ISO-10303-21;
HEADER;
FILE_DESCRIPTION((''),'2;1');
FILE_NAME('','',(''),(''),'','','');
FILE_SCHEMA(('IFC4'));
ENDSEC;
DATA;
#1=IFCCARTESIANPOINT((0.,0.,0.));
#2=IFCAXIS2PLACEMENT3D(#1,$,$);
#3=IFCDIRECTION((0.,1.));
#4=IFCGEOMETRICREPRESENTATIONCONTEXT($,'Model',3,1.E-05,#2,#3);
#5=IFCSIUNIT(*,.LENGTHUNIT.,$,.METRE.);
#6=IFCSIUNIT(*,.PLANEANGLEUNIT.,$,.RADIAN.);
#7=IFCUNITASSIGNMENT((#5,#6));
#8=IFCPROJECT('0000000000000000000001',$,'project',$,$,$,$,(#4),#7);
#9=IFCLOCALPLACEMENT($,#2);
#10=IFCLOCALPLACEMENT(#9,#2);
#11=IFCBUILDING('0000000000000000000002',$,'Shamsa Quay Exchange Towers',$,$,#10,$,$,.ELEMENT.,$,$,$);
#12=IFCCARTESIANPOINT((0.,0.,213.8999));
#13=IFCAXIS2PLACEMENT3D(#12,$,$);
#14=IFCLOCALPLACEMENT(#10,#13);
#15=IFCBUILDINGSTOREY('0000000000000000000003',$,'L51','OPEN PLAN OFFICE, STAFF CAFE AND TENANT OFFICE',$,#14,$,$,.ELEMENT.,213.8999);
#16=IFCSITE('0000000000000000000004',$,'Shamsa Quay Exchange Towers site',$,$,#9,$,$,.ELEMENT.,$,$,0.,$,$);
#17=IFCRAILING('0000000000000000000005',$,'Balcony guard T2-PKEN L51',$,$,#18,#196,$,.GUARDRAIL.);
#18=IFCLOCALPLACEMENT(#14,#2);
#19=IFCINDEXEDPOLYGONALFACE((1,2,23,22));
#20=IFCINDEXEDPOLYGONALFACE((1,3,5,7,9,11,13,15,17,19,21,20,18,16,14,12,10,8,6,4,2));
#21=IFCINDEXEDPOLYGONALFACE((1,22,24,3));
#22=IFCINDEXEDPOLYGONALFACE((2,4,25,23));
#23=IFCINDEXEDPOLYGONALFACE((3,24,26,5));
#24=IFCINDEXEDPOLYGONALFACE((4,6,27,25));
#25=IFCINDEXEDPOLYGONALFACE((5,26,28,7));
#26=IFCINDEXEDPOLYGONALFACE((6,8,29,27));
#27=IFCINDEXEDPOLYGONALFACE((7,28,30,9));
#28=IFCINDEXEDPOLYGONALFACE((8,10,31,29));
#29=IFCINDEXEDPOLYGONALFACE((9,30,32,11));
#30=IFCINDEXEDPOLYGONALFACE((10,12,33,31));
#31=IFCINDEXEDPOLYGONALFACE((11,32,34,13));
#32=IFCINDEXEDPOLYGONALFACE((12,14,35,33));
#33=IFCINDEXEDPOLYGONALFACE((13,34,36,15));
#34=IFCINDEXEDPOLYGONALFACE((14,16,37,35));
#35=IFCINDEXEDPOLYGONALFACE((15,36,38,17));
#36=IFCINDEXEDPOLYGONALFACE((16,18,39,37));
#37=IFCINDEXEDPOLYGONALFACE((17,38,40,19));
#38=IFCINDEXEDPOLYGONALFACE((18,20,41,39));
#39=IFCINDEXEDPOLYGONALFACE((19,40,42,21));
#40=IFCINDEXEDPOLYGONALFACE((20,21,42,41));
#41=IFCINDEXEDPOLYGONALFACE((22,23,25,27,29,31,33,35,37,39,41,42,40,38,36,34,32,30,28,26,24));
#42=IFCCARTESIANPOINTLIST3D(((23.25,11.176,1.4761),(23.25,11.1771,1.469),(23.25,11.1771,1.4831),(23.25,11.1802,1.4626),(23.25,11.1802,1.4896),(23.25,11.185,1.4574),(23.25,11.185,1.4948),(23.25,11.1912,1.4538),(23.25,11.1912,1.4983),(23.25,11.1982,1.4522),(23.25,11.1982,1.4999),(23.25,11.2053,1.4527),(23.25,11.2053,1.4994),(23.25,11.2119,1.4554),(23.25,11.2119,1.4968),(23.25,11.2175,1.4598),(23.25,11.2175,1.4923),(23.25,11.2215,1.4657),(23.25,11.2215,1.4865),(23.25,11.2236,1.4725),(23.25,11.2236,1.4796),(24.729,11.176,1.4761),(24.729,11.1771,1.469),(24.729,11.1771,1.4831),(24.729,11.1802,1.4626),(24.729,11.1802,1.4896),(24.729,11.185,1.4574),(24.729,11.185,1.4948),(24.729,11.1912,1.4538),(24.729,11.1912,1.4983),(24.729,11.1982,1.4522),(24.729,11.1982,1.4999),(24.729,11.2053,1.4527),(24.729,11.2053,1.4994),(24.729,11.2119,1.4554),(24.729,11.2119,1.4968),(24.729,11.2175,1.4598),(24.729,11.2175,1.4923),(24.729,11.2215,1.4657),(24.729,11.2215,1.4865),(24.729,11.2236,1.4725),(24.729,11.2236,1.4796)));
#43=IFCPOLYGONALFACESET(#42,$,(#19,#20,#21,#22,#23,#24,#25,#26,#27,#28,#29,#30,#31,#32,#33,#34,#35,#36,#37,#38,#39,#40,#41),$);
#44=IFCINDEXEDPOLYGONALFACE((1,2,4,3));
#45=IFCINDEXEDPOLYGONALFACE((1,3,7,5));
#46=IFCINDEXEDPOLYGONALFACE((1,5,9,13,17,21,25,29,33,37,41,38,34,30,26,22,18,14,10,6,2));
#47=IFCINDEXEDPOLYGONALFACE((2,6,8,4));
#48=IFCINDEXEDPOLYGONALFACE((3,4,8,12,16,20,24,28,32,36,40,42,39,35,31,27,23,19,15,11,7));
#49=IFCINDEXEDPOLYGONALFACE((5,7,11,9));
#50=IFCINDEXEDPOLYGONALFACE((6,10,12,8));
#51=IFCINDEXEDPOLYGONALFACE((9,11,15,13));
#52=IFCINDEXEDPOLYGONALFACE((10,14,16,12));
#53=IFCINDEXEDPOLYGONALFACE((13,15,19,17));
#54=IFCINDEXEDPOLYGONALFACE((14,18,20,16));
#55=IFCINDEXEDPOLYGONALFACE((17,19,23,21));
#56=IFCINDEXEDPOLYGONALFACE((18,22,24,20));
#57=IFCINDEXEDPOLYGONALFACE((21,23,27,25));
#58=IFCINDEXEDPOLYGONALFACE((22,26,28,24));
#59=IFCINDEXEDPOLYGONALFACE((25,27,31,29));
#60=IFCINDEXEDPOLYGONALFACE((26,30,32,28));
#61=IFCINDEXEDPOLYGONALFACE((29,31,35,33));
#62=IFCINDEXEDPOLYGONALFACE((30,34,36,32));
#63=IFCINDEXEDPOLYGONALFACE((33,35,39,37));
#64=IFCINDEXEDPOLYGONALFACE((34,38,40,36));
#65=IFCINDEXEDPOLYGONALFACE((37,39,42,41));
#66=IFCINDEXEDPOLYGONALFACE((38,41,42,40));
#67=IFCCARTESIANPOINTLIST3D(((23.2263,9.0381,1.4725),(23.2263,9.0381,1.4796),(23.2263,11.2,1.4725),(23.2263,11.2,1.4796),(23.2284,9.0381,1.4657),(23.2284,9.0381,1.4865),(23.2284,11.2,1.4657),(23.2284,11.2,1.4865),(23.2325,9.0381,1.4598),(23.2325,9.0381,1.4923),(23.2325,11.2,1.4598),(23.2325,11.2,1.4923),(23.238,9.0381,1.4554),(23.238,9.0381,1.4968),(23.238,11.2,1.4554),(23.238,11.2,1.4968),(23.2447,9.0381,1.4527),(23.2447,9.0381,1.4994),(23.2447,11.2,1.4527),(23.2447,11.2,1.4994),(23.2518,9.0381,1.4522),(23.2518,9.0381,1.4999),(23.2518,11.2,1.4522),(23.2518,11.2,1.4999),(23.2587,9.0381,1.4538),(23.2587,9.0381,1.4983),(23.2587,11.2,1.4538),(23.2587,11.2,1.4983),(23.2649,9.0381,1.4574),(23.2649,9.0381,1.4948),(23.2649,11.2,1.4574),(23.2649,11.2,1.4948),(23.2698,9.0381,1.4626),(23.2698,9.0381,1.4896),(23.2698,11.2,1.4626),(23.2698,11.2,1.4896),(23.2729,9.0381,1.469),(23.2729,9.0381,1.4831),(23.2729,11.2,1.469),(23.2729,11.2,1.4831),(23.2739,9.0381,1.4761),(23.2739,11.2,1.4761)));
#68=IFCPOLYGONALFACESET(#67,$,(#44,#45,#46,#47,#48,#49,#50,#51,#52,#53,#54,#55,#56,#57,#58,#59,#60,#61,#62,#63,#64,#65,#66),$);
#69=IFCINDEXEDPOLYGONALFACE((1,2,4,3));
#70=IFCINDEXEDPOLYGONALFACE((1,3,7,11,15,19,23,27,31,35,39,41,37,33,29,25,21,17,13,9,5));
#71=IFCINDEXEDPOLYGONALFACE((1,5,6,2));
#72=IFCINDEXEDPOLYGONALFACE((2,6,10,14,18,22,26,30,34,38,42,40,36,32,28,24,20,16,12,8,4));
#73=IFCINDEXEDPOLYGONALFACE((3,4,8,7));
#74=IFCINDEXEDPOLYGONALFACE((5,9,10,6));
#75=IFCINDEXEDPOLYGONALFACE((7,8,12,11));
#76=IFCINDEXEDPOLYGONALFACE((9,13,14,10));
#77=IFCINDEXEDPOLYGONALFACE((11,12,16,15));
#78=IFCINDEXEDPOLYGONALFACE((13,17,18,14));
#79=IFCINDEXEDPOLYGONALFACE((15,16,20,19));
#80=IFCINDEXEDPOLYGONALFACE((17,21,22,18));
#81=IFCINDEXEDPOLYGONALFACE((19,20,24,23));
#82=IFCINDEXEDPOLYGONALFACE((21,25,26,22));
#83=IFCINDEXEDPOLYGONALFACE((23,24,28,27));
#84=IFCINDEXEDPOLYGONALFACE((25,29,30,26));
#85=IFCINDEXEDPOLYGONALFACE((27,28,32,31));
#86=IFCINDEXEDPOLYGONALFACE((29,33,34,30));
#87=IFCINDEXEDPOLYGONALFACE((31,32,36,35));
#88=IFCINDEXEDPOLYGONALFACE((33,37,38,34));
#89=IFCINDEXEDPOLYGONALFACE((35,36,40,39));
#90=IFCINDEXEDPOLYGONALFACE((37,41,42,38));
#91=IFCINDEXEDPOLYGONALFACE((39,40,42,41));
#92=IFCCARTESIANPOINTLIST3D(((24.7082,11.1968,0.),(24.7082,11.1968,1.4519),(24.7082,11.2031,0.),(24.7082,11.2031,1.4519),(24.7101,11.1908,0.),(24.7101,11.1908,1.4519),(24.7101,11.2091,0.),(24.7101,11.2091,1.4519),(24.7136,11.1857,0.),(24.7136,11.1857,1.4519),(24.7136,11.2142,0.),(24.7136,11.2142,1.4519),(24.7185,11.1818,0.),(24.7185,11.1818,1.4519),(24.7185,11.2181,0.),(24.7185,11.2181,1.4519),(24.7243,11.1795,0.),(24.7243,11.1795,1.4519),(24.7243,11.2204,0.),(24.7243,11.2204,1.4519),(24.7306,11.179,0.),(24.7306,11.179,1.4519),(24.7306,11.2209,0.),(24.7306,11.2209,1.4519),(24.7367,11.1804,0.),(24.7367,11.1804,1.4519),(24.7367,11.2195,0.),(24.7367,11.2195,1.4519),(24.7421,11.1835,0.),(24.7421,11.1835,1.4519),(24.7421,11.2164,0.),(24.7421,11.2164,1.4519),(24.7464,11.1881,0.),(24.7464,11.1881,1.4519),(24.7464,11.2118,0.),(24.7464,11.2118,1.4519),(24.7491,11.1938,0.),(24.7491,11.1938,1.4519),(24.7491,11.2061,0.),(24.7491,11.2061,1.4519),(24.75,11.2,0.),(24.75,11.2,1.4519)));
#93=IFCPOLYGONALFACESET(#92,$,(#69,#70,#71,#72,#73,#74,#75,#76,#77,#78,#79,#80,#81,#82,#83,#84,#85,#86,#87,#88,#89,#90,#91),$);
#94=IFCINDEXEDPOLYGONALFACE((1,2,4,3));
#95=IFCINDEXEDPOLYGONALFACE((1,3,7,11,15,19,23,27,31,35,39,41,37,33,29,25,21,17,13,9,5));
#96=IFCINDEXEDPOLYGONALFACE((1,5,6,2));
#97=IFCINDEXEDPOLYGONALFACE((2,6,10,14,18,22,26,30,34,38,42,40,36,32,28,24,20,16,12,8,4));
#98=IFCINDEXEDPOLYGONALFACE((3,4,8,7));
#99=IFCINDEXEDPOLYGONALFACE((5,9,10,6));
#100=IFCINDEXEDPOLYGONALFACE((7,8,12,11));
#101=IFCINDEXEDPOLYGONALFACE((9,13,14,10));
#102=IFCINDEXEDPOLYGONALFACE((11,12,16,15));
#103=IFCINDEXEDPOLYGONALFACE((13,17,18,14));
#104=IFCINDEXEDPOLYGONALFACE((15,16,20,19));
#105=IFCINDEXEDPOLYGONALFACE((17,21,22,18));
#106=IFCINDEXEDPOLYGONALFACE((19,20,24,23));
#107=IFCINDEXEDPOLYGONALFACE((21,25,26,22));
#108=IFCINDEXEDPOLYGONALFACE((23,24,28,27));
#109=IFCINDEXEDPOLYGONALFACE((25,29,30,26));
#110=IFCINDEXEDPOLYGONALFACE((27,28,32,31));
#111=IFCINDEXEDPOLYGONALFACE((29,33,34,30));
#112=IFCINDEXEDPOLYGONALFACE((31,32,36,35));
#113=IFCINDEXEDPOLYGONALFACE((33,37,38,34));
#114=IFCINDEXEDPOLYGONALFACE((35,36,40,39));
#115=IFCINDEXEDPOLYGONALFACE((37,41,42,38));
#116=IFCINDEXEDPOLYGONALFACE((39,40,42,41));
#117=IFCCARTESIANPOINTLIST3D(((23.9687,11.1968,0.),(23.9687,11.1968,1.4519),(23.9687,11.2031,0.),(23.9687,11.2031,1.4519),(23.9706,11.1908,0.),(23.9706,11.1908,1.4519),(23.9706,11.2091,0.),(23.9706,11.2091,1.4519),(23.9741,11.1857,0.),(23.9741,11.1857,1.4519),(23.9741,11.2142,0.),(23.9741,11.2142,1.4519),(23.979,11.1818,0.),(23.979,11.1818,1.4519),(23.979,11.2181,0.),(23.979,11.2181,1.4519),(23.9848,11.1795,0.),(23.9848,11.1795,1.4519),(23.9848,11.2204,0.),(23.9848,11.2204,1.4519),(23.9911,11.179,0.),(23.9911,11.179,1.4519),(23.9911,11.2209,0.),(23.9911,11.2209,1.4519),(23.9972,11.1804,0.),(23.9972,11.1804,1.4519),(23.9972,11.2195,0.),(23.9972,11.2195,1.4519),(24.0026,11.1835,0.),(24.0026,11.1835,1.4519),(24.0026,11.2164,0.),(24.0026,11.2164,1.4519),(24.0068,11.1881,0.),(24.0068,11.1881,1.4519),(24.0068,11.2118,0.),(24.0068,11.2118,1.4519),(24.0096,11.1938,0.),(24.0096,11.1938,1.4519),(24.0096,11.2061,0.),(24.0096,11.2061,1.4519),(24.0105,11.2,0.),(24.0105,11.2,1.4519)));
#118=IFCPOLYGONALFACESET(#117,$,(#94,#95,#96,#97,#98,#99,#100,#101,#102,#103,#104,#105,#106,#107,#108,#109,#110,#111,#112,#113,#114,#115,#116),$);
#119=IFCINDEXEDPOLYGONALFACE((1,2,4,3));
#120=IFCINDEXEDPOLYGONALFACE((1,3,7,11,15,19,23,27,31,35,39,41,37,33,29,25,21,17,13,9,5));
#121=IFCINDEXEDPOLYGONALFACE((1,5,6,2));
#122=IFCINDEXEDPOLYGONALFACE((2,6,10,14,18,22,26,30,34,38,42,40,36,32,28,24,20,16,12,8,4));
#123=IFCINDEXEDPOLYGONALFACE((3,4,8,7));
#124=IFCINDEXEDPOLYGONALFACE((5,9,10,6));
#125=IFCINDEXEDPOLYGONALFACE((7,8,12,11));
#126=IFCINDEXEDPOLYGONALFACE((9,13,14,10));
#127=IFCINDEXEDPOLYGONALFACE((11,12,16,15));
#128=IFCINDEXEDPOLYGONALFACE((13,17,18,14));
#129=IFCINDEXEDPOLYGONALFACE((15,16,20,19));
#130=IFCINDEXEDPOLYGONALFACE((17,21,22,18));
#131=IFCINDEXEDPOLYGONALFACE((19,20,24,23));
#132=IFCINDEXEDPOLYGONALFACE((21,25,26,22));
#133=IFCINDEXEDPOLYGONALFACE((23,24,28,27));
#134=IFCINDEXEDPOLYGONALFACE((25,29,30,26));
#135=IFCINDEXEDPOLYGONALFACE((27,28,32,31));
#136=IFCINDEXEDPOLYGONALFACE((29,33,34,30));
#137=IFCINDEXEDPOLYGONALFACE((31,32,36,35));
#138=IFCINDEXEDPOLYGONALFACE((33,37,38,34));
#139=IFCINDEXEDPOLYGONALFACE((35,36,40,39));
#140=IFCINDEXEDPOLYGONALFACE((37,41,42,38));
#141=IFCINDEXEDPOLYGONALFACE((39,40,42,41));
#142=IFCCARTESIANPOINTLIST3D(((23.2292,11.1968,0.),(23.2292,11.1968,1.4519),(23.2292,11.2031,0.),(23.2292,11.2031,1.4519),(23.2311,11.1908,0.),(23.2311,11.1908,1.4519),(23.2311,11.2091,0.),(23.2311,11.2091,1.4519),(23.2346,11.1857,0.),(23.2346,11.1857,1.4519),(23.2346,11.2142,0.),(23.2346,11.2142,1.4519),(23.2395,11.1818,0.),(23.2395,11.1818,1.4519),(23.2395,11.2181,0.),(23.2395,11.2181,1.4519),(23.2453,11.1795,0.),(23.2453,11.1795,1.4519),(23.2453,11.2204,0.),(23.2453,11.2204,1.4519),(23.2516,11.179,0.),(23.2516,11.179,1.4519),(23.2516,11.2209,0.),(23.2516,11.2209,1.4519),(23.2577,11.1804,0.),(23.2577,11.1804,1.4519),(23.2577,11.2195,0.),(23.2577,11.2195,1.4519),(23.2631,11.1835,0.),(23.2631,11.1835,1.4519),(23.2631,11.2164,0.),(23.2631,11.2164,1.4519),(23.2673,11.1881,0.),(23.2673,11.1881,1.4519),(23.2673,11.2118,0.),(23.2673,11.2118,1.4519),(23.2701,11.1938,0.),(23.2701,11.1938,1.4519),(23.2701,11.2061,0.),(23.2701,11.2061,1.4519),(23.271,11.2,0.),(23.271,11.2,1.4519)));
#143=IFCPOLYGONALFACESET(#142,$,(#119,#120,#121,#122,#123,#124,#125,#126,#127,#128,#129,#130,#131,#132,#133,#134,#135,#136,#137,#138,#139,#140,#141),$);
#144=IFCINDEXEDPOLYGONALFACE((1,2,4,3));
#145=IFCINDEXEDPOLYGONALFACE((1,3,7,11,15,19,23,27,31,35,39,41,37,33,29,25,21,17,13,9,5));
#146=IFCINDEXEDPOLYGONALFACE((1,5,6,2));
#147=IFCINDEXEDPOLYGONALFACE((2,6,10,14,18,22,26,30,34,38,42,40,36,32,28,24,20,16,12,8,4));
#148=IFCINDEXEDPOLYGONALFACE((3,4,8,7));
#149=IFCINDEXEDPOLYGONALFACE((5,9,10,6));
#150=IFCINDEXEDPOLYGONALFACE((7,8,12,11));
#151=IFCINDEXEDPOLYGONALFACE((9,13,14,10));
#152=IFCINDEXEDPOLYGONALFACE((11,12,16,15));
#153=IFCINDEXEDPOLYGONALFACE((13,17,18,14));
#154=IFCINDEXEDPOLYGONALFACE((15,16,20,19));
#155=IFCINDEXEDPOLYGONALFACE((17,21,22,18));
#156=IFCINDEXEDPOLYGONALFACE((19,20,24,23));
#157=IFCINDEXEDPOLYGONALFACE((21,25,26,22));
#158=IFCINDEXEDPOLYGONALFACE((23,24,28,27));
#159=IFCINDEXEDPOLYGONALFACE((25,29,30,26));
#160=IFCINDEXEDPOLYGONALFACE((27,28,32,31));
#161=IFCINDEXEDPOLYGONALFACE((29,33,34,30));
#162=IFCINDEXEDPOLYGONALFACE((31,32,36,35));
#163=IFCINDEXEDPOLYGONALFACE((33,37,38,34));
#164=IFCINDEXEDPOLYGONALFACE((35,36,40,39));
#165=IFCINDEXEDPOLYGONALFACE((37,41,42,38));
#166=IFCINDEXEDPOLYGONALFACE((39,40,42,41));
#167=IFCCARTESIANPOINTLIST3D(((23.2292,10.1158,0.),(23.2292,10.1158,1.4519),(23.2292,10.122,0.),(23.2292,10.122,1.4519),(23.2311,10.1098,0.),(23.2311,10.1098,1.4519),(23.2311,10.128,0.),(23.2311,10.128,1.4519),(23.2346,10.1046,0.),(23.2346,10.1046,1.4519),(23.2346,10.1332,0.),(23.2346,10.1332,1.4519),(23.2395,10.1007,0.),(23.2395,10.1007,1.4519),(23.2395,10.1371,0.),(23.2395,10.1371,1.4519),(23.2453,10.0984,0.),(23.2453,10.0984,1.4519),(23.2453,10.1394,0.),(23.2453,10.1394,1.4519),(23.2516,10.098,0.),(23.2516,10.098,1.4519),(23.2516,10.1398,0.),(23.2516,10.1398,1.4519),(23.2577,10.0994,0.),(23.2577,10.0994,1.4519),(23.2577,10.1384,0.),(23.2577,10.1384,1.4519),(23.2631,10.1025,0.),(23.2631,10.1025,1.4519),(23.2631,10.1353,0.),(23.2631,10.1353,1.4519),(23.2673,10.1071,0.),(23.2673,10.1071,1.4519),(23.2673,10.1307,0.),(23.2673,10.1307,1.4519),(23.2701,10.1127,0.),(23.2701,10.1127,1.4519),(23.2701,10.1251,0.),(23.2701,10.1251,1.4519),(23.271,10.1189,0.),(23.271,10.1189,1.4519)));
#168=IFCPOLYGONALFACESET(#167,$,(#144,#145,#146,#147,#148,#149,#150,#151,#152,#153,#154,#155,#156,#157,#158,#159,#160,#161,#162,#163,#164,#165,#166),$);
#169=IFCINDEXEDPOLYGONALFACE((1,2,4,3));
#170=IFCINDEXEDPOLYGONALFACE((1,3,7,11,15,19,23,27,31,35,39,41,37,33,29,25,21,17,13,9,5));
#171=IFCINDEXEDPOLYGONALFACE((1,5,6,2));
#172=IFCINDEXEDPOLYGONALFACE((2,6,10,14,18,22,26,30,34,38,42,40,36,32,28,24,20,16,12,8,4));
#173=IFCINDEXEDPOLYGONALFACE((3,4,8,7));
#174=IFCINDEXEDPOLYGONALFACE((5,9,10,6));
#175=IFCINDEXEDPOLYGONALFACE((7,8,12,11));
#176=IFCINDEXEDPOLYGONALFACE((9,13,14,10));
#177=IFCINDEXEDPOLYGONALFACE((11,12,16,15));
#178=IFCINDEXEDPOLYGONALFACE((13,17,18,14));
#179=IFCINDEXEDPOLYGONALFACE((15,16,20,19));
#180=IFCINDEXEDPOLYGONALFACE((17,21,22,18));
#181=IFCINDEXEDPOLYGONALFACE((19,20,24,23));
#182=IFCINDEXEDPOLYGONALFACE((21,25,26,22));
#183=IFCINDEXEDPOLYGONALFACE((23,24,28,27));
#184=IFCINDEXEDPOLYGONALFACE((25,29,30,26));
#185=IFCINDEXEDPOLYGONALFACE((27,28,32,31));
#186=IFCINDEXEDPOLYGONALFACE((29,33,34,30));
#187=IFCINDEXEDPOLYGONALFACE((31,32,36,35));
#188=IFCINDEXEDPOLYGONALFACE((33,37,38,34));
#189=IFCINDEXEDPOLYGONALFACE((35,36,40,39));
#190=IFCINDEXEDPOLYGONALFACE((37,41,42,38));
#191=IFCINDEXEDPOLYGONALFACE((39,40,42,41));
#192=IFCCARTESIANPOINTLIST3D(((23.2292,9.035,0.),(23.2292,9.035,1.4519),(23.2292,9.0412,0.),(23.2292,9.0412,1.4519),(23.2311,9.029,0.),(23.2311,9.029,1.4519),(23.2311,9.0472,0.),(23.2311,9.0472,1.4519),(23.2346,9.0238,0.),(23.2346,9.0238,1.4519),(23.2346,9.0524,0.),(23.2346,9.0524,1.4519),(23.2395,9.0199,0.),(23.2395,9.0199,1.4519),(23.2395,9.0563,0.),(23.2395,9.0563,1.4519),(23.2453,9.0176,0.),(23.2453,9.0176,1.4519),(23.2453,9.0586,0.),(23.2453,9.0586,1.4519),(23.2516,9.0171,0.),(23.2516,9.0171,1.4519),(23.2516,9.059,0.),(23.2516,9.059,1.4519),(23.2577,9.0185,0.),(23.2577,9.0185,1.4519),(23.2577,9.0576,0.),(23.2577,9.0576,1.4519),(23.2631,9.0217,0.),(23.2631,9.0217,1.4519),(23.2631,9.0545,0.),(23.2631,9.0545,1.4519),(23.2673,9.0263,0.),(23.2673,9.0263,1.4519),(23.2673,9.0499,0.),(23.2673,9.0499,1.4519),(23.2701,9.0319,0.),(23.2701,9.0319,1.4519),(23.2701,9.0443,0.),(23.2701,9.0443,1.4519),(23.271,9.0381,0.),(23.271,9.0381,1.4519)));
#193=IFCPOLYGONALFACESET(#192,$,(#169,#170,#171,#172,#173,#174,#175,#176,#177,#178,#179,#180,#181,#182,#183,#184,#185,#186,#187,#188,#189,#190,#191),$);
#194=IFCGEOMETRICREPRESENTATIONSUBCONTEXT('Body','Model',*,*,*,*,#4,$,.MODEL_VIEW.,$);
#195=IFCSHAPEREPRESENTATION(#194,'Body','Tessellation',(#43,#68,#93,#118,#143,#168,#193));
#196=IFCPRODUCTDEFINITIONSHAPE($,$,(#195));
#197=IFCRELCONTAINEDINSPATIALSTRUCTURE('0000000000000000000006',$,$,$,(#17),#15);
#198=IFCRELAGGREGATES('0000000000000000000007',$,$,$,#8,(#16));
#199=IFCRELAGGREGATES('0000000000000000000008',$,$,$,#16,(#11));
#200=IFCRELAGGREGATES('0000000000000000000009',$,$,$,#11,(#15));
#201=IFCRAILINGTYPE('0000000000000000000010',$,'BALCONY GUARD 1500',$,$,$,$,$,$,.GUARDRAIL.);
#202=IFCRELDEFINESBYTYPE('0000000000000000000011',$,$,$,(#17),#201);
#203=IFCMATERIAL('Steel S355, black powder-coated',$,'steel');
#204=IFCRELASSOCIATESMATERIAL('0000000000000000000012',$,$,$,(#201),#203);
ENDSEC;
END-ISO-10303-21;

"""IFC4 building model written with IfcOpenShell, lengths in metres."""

from ifc_helpers import new_model, si_unit, direction, frame, origin, origin_2d, place, context, subcontext, project, spatial, circle, extrude, material, type_object, element, save


model = new_model("IFC4")

# Units and contexts
model_context = context("Model", 3, precision=1e-05, world=origin(), true_north=direction((0.0, 1.0)))
body_context = subcontext(model_context, "Body", "Model", "MODEL_VIEW")
ifc_project = project(units=[si_unit("LENGTHUNIT", "METRE"), si_unit("PLANEANGLEUNIT", "RADIAN")], contexts=[model_context])

# Site, building, storey
site_placement = place(None, origin())
site = spatial("IfcSite", under=ifc_project, at=site_placement, Name="Shamsa Quay Exchange Towers site", CompositionType="ELEMENT", RefElevation=0.0)
building_placement = place(site_placement, origin())
building = spatial("IfcBuilding", under=site, at=building_placement, Name="Shamsa Quay Exchange Towers", CompositionType="ELEMENT")
storey_placement = place(building_placement, frame((0.0, 0.0, 213.8999)))
storey = spatial("IfcBuildingStorey", under=building, at=storey_placement, Name="L51", Description="OPEN PLAN OFFICE, STAFF CAFE AND TENANT OFFICE", CompositionType="ELEMENT", Elevation=213.8999)

# Railing
ifc_material_1 = material(Name="Steel S355, black powder-coated", Category="steel")
railing_type = type_object("IfcRailingType", Name="BALCONY GUARD 1500", PredefinedType="GUARDRAIL", material=ifc_material_1)
railing_placement = place(storey_placement, frame((24.729, 11.2, 0.0)))
element("IfcRailing", 1, at=railing_placement, inside=storey, type_object=railing_type, Name="Balcony guard T2-PKEN L51", PredefinedType="GUARDRAIL", context=body_context, shape_type="SweptSolid", body=[
    extrude(circle(Radius=0.0239, at=origin_2d()), frame((0.0, 0.0, 1.4761), z_axis=(-1.0, 0.0, 0.0), x_axis=(0.0, -1.0, 0.0)), (0.0, 0.0, 1.0), 1.479),
    extrude(circle(Radius=0.0239, at=origin_2d()), frame((-1.479, 0.0, 1.4761), z_axis=(0.0, -1.0, 0.0), x_axis=(1.0, 0.0, 0.0)), (0.0, 0.0, 1.0), 2.1619),
    extrude(circle(Radius=0.021, at=origin_2d()), origin(), (0.0, 0.0, 1.0), 1.4519),
    extrude(circle(Radius=0.021, at=origin_2d()), frame((-0.7395, 0.0, 0.0)), (0.0, 0.0, 1.0), 1.4519),
    extrude(circle(Radius=0.021, at=origin_2d()), frame((-1.479, 0.0, 0.0)), (0.0, 0.0, 1.0), 1.4519),
    extrude(circle(Radius=0.021, at=origin_2d()), frame((-1.479, -1.0811, 0.0)), (0.0, 0.0, 1.0), 1.4519),
    extrude(circle(Radius=0.021, at=origin_2d()), frame((-1.479, -2.1619, 0.0)), (0.0, 0.0, 1.0), 1.4519),
])

save(model, "model.ifc")
